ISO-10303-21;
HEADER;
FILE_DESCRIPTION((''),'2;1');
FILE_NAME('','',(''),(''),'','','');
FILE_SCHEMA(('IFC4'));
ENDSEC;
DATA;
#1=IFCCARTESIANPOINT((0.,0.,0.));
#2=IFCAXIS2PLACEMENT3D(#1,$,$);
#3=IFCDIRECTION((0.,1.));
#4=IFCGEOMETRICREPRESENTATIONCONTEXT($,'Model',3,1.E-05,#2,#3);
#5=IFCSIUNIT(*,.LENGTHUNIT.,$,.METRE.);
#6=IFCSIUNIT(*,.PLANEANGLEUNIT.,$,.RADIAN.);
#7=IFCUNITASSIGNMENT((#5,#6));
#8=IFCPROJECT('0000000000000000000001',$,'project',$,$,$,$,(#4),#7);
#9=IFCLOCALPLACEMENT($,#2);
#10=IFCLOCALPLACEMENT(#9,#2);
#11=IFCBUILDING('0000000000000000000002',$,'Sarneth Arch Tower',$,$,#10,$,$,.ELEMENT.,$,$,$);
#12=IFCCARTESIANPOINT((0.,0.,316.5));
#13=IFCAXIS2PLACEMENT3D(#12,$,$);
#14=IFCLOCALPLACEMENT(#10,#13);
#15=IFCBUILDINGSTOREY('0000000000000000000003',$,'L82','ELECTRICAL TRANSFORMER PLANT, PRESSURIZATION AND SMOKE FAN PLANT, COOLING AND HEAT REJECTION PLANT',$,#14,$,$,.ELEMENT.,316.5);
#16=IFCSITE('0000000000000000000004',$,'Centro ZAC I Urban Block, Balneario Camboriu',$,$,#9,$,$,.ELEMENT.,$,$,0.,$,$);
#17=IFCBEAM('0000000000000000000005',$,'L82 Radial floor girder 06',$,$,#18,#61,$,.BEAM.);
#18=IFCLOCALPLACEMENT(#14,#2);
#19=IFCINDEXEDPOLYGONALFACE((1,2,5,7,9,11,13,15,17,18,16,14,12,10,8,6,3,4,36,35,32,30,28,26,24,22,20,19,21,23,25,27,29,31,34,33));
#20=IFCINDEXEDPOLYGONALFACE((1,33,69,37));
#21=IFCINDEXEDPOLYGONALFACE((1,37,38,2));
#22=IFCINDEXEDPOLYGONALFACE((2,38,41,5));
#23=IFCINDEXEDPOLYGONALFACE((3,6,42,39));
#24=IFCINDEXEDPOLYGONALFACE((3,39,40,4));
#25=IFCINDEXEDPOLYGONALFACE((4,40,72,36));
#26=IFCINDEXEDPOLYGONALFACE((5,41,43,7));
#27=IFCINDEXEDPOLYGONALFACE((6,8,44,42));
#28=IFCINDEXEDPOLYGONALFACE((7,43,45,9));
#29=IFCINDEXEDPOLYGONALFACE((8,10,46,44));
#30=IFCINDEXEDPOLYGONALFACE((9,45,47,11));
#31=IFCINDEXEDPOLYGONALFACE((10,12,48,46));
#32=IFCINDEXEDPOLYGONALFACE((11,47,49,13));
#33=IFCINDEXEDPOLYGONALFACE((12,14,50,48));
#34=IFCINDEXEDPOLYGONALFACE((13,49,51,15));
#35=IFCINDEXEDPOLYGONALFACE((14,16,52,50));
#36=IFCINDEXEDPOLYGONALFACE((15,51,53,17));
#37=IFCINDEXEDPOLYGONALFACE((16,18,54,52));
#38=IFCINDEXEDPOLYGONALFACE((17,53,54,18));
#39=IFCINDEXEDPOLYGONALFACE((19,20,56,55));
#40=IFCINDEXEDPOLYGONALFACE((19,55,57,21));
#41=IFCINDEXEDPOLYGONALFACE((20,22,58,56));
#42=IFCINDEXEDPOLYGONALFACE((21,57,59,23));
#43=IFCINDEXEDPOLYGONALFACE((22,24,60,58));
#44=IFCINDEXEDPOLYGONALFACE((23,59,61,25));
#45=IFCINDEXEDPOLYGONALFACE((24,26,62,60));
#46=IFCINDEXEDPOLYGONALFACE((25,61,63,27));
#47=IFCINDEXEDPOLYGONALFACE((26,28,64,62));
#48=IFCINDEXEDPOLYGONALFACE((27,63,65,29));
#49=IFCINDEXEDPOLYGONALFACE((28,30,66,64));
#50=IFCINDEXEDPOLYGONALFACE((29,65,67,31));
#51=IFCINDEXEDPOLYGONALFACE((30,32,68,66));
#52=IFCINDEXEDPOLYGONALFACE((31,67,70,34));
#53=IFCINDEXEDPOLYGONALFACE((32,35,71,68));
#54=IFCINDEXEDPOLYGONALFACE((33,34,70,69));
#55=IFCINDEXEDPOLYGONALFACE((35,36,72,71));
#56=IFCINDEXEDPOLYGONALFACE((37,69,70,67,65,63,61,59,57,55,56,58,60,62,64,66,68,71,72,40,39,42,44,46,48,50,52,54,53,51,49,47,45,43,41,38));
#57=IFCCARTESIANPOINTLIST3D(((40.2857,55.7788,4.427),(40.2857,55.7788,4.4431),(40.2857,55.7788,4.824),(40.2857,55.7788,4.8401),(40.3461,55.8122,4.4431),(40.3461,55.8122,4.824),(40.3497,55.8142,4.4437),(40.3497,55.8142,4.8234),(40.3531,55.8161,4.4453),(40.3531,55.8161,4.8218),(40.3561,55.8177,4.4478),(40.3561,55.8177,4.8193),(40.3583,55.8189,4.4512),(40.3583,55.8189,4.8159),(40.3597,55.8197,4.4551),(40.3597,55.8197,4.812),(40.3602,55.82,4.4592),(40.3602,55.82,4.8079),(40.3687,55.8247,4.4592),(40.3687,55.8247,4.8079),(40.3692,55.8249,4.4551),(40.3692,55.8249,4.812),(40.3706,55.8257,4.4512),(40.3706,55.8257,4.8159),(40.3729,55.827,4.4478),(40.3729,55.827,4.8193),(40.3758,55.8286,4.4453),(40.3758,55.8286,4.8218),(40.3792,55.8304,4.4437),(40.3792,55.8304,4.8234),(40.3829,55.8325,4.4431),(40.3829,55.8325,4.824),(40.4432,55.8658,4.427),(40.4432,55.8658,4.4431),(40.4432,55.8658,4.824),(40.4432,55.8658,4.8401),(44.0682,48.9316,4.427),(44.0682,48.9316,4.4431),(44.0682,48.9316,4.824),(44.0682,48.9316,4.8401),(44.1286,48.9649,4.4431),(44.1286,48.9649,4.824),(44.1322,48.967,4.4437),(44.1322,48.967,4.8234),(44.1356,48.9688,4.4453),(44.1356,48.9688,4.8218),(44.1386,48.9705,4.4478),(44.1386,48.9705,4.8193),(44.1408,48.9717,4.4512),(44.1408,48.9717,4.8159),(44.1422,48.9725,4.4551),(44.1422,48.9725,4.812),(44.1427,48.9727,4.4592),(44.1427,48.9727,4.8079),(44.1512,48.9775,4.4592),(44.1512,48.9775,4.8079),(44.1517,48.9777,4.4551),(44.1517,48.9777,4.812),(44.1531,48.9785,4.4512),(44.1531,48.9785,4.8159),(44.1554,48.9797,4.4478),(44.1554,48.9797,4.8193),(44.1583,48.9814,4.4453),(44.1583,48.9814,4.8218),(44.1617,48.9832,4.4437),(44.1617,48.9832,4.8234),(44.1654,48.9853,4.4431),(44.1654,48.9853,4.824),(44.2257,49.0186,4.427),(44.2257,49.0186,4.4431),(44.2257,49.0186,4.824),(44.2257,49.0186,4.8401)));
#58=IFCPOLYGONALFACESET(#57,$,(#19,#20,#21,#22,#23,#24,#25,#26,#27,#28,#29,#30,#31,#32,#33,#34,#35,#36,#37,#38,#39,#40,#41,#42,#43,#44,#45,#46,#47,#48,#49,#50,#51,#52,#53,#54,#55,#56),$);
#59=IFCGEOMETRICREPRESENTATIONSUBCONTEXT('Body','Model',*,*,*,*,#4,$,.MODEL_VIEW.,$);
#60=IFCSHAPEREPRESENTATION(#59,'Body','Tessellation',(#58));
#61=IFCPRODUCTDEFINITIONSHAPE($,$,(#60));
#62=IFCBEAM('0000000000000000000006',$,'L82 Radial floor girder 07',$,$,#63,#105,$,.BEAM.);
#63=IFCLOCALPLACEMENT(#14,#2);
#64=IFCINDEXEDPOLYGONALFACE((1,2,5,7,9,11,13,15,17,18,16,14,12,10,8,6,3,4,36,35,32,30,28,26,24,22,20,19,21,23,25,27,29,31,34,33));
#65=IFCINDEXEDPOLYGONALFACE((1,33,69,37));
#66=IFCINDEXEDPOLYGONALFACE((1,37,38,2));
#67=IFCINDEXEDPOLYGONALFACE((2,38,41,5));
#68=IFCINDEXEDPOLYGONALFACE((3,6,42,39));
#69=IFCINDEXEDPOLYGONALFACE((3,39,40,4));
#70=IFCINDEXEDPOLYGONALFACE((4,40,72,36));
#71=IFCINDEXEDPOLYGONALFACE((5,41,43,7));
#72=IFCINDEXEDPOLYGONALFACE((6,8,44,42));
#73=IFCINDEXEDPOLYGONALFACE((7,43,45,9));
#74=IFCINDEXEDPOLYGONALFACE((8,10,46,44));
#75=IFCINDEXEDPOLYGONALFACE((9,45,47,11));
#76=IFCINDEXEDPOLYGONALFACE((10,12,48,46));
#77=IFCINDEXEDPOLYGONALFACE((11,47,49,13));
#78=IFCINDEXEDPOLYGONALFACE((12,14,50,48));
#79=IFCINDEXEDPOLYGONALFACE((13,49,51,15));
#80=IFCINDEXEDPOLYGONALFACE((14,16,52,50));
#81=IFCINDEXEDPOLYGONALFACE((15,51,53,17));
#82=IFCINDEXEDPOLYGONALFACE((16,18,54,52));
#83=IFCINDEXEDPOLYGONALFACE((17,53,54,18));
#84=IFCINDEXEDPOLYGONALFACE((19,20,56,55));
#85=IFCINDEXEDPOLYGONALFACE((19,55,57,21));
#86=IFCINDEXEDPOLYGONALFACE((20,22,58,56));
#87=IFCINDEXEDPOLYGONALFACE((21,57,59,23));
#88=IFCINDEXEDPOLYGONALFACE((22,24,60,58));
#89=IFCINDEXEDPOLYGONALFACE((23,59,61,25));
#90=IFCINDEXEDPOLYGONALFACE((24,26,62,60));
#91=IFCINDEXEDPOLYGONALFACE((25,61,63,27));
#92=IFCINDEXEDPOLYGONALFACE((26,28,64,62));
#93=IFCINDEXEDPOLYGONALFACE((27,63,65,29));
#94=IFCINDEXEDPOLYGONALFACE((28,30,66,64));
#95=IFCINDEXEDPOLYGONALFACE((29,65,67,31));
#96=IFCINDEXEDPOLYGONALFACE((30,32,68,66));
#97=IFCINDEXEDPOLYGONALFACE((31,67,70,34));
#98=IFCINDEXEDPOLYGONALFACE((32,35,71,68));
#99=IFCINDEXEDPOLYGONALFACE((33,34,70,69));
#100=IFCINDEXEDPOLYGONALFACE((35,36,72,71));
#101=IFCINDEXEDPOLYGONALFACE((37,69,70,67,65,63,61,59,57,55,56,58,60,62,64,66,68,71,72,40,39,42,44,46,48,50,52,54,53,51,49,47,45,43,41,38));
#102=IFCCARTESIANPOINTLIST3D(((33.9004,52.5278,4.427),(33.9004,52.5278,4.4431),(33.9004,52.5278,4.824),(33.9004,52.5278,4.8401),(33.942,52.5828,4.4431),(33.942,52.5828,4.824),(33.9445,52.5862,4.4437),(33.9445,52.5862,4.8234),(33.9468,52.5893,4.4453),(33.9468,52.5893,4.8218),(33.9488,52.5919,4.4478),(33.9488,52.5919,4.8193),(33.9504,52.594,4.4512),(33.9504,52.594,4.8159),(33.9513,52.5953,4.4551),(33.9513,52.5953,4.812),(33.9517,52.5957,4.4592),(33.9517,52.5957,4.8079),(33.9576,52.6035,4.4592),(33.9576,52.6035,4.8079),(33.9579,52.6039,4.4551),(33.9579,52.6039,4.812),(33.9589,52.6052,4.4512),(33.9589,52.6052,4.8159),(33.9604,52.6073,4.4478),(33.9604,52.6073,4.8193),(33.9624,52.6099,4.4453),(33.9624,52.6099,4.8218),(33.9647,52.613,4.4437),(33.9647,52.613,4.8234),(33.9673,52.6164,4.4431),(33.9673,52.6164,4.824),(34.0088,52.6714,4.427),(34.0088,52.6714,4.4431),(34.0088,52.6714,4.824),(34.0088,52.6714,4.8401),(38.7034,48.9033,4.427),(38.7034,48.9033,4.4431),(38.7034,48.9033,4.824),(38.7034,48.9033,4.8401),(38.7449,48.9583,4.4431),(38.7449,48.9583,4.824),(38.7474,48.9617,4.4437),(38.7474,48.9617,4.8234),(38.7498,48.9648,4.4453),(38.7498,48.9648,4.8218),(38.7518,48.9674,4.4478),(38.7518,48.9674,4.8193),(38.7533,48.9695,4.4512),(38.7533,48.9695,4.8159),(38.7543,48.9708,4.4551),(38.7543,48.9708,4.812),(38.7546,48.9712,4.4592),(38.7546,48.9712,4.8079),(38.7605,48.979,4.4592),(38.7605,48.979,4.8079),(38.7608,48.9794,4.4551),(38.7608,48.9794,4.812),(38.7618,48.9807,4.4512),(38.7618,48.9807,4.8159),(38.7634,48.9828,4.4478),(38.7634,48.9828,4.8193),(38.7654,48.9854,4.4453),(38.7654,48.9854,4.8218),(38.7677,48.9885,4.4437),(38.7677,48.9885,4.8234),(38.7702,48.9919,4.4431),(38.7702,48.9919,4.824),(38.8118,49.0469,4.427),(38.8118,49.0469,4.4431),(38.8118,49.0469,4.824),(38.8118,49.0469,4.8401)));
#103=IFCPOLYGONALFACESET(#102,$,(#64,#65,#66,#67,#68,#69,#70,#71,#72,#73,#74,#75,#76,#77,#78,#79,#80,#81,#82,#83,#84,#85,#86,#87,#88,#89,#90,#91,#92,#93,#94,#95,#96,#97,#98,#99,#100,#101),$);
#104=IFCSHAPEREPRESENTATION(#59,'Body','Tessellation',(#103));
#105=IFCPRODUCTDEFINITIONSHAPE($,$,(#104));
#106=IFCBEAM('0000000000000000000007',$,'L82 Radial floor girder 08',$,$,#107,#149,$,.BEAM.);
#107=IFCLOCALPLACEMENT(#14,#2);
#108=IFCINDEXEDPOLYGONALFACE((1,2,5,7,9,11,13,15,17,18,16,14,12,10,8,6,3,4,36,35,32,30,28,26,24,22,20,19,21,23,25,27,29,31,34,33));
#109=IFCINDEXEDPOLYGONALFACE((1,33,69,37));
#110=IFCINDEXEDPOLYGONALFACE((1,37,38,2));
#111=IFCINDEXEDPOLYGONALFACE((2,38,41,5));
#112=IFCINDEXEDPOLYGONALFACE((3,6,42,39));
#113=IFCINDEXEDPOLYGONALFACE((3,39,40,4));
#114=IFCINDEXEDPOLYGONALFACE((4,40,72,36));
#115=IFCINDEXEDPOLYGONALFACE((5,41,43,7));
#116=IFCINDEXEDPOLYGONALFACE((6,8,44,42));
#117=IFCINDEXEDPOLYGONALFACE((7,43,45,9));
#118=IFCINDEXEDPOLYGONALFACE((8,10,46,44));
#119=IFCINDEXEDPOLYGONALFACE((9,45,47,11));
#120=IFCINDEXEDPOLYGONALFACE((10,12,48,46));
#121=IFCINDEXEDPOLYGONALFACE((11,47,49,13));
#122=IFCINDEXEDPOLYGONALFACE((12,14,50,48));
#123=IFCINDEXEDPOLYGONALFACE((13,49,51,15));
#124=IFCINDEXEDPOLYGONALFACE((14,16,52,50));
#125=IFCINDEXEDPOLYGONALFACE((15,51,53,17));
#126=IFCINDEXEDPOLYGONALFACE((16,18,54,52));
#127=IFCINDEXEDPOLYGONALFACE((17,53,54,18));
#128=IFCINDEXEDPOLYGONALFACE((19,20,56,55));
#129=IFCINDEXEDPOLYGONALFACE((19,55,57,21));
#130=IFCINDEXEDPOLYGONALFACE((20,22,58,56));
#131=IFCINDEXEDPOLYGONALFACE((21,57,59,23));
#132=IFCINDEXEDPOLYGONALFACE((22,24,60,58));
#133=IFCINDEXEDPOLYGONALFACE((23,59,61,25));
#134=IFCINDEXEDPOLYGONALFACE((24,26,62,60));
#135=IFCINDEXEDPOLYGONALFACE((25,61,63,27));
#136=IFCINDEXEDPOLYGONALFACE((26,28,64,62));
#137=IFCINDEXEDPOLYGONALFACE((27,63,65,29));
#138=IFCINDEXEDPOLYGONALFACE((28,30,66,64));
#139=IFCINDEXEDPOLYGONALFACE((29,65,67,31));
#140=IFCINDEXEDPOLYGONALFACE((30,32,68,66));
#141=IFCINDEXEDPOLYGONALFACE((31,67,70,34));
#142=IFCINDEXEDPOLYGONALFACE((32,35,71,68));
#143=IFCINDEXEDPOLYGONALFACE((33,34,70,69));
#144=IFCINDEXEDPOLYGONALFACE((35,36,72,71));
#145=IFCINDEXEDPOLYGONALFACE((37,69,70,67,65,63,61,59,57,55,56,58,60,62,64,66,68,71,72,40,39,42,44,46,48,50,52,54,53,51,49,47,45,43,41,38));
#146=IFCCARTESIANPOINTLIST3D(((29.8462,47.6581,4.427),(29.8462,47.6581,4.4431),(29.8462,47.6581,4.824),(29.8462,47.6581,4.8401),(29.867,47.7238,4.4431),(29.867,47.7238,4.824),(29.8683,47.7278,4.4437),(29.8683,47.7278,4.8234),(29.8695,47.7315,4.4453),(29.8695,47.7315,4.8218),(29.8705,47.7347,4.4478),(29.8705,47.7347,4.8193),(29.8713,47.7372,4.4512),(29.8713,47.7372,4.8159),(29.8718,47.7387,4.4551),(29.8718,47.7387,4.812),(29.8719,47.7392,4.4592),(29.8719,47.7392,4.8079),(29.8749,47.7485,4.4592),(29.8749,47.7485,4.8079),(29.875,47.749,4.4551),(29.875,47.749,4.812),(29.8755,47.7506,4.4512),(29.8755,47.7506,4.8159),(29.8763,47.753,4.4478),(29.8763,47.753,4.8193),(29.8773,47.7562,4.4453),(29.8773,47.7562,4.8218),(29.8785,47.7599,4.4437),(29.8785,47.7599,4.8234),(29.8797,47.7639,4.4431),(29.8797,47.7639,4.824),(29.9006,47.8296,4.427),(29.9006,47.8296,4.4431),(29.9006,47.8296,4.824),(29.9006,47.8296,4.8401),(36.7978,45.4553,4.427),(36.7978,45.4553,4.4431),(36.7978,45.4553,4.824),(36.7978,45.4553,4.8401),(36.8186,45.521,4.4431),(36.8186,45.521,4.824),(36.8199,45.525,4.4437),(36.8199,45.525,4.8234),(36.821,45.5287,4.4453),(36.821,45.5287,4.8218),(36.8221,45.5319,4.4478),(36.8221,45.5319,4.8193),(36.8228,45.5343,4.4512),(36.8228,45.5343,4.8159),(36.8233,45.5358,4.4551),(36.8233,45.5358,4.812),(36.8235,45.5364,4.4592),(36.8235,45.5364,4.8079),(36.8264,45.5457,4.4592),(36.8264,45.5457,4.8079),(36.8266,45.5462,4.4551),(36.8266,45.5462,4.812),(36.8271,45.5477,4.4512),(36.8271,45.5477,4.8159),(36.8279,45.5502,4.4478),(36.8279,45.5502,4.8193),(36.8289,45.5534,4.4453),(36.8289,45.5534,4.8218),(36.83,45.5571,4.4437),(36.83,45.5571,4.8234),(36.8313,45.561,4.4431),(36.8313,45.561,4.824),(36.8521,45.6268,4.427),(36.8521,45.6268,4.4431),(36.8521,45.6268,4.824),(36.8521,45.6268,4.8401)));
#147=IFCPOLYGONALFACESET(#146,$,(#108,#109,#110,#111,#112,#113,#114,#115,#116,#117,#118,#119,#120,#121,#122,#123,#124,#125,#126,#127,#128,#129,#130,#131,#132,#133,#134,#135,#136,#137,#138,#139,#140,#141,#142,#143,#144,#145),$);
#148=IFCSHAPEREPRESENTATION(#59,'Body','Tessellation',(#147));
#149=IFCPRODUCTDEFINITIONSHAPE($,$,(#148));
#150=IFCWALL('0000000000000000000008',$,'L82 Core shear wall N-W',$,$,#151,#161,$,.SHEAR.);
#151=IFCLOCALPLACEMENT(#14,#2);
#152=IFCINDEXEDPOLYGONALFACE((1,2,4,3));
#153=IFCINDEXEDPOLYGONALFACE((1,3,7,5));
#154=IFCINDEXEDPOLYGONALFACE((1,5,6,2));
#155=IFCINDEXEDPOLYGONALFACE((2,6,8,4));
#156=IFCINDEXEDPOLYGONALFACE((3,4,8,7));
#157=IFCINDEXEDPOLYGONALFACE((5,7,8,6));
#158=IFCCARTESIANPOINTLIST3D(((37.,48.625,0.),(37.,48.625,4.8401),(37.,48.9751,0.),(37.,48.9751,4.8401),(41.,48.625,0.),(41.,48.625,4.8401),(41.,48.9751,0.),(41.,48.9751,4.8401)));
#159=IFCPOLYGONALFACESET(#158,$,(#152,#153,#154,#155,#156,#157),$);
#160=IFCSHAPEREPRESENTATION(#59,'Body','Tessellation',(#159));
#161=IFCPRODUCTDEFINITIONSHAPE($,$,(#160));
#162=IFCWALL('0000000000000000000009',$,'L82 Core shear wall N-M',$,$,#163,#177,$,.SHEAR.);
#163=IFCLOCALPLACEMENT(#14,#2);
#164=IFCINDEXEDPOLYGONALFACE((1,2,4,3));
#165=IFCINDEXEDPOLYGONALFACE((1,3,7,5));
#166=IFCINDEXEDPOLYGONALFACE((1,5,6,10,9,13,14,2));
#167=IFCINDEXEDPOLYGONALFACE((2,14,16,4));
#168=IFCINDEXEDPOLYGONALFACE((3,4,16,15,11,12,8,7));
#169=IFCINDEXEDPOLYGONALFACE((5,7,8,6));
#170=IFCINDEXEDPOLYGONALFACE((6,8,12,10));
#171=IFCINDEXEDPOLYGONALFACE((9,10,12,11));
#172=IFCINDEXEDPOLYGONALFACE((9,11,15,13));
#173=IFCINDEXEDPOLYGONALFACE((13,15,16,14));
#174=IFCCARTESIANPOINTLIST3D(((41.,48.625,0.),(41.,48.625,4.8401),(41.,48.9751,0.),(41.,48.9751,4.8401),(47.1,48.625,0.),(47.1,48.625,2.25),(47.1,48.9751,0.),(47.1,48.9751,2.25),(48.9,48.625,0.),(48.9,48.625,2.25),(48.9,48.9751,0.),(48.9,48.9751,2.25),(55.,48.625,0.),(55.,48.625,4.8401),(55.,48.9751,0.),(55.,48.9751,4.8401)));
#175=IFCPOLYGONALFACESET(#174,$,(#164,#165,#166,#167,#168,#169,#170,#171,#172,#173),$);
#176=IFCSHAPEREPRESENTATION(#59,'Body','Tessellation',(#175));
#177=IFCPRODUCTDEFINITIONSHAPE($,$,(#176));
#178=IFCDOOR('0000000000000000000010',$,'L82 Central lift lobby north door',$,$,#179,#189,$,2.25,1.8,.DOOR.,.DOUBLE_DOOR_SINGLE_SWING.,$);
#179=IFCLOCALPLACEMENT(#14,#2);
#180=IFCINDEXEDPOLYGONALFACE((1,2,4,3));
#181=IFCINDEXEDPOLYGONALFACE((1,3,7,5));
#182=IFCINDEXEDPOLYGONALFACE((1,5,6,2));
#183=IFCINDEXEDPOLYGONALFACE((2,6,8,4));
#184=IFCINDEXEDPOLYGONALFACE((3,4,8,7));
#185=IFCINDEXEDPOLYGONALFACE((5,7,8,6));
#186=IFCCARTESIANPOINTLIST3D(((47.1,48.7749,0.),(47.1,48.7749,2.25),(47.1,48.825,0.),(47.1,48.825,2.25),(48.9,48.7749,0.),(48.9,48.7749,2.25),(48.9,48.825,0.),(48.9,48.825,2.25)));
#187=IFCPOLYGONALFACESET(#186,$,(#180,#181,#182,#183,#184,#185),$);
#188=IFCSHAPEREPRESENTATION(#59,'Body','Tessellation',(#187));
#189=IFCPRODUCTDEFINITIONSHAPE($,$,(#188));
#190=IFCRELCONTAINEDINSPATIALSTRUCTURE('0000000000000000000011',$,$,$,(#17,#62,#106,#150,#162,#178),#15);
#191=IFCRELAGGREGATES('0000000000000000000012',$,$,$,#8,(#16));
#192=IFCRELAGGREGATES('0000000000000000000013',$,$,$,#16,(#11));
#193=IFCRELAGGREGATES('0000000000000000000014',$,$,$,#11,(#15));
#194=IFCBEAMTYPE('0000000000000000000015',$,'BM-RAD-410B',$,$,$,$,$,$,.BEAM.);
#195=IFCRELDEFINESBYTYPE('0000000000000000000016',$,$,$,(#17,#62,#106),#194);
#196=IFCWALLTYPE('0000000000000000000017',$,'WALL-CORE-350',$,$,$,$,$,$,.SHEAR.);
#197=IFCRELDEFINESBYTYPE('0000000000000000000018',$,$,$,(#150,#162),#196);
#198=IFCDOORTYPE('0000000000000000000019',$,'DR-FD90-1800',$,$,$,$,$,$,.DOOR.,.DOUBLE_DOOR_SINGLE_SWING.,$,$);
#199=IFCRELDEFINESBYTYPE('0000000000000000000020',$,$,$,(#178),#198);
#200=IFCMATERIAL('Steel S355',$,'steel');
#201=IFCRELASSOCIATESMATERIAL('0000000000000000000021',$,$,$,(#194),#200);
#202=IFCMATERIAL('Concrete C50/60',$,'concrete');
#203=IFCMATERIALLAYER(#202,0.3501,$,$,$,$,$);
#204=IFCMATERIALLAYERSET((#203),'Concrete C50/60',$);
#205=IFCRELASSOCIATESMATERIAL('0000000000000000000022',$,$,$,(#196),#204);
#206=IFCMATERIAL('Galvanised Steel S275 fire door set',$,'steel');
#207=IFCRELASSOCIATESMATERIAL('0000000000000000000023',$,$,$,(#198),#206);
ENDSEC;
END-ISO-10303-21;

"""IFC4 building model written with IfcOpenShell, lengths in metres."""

from ifc_helpers import new_model, si_unit, direction, frame, frame_2d, origin, origin_2d, place, context, subcontext, project, spatial, rectangle, i_section, extrude, material, layer, layer_set, material_profile, profile_set, type_object, element, fill, save


model = new_model("IFC4")

# Units and contexts
model_context = context("Model", 3, precision=1e-05, world=origin(), true_north=direction((0.0, 1.0)))
body_context = subcontext(model_context, "Body", "Model", "MODEL_VIEW")
ifc_project = project(units=[si_unit("LENGTHUNIT", "METRE"), si_unit("PLANEANGLEUNIT", "RADIAN")], contexts=[model_context])

# Site, building, storey
site_placement = place(None, origin())
site = spatial("IfcSite", under=ifc_project, at=site_placement, Name="Centro ZAC I Urban Block, Balneario Camboriu", CompositionType="ELEMENT", RefElevation=0.0)
building_placement = place(site_placement, origin())
building = spatial("IfcBuilding", under=site, at=building_placement, Name="Sarneth Arch Tower", CompositionType="ELEMENT")
storey_placement = place(building_placement, frame((0.0, 0.0, 316.5)))
storey = spatial("IfcBuildingStorey", under=building, at=storey_placement, Name="L82", Description="ELECTRICAL TRANSFORMER PLANT, PRESSURIZATION AND SMOKE FAN PLANT, COOLING AND HEAT REJECTION PLANT", CompositionType="ELEMENT", Elevation=316.5)

# Beams
ifc_material_1 = material(Name="Steel S355", Category="steel")
ifc_material_profile = material_profile(ifc_material_1, i_section(OverallWidth=0.1799, OverallDepth=0.4131, WebThickness=0.0098, FlangeThickness=0.0161, FilletRadius=0.0161, at=origin_2d()), Name="W410x75")
ifc_profile_set = profile_set([ifc_material_profile], Name="Steel S355")
beam_type = type_object("IfcBeamType", Name="BM-RAD-410B", PredefinedType="BEAM", material=ifc_profile_set)
beam_1_placement = place(storey_placement, frame((44.147, 48.9751, 4.6335), z_axis=(-0.48354, 0.875322, 0.0), x_axis=(-0.875322, -0.48354, 0.0)))
element("IfcBeam", 1, at=beam_1_placement, inside=storey, type_object=beam_type, Name="L82 Radial floor girder 06", PredefinedType="BEAM", context=body_context, shape_type="SweptSolid", body=[
    extrude(i_section(OverallWidth=0.1799, OverallDepth=0.4131, WebThickness=0.0098, FlangeThickness=0.0161, FilletRadius=0.0161, at=origin_2d()), origin(), (0.0, 0.0, 1.0), 7.8225),
])
beam_2_placement = place(storey_placement, frame((38.7576, 48.9751, 4.6335), z_axis=(-0.798219, 0.602367, 0.0), x_axis=(-0.602367, -0.798219, 0.0)))
element("IfcBeam", 2, at=beam_2_placement, inside=storey, type_object=beam_type, Name="L82 Radial floor girder 07", PredefinedType="BEAM", context=body_context, shape_type="SweptSolid", body=[
    extrude(i_section(OverallWidth=0.1799, OverallDepth=0.4131, WebThickness=0.0098, FlangeThickness=0.0161, FilletRadius=0.0161, at=origin_2d()), origin(), (0.0, 0.0, 1.0), 6.0171),
])
beam_3_placement = place(storey_placement, frame((36.825, 45.541, 4.6335), z_axis=(-0.953282, 0.302081, 0.0), x_axis=(-0.302081, -0.953282, 0.0)))
element("IfcBeam", 3, at=beam_3_placement, inside=storey, type_object=beam_type, Name="L82 Radial floor girder 08", PredefinedType="BEAM", context=body_context, shape_type="SweptSolid", body=[
    extrude(i_section(OverallWidth=0.1799, OverallDepth=0.4131, WebThickness=0.0098, FlangeThickness=0.0161, FilletRadius=0.0161, at=origin_2d()), origin(), (0.0, 0.0, 1.0), 7.2922),
])

# Wall
ifc_material_2 = material(Name="Concrete C50/60", Category="concrete")
ifc_layer_1 = layer(ifc_material_2, 0.3501)
ifc_layer_set_1 = layer_set([ifc_layer_1], Name="Concrete C50/60")
wall_type_1 = type_object("IfcWallType", Name="WALL-CORE-350", PredefinedType="SHEAR", material=ifc_layer_set_1)
wall_1_placement = place(storey_placement, frame((37.0, 48.8, 0.0), z_axis=(0.0, 0.0, 1.0), x_axis=(1.0, 0.0, 0.0)))
element("IfcWall", 4, at=wall_1_placement, inside=storey, type_object=wall_type_1, Name="L82 Core shear wall N-W", PredefinedType="SHEAR", context=body_context, shape_type="SweptSolid", body=[
    extrude(rectangle(XDim=4.0, YDim=0.3501, at=frame_2d((2.0, 0.0))), origin(), (0.0, 0.0, 1.0), 4.8401),
])

# Wall, opening, door
wall_2_placement = place(storey_placement, frame((41.0, 48.8, 0.0), z_axis=(0.0, 0.0, 1.0), x_axis=(1.0, 0.0, 0.0)))
wall_2 = element("IfcWall", 5, at=wall_2_placement, inside=storey, type_object=wall_type_1, Name="L82 Core shear wall N-M", PredefinedType="SHEAR", context=body_context, shape_type="SweptSolid", body=[
    extrude(rectangle(XDim=14.0, YDim=0.3501, at=frame_2d((7.0, 0.0))), origin(), (0.0, 0.0, 1.0), 4.8401),
])
opening_1_placement = place(wall_2_placement, frame((6.1001, 0.0, 0.0)))
opening_1 = element("IfcOpeningElement", 6, at=opening_1_placement, cuts=wall_2, PredefinedType="OPENING", context=body_context, shape_type="SweptSolid", body=[
    extrude(rectangle(XDim=1.8, YDim=2.25, at=frame_2d((0.8999, 1.125))), frame((0.0, 0.1851, 0.0), z_axis=(0.0, -1.0, 0.0), x_axis=(1.0, 0.0, 0.0)), (0.0, 0.0, 1.0), 0.3701),
])
ifc_material_3 = material(Name="Galvanised Steel S275 fire door set", Category="steel")
door_type_1 = type_object("IfcDoorType", Name="DR-FD90-1800", OperationType="DOUBLE_DOOR_SINGLE_SWING", PredefinedType="DOOR", material=ifc_material_3)
door_1_placement = place(opening_1_placement, origin())
door_1 = element("IfcDoor", 7, at=door_1_placement, inside=storey, type_object=door_type_1, Name="L82 Central lift lobby north door", OperationType="DOUBLE_DOOR_SINGLE_SWING", OverallHeight=2.25, OverallWidth=1.8, PredefinedType="DOOR", context=body_context, shape_type="SweptSolid", body=[
    extrude(rectangle(XDim=1.8, YDim=2.25, at=frame_2d((0.8999, 1.125))), frame((0.0, 0.0249, 0.0), z_axis=(0.0, -1.0, 0.0), x_axis=(1.0, 0.0, 0.0)), (0.0, 0.0, 1.0), 0.05),
])
fill(opening_1, door_1)

save(model, "model.ifc")
